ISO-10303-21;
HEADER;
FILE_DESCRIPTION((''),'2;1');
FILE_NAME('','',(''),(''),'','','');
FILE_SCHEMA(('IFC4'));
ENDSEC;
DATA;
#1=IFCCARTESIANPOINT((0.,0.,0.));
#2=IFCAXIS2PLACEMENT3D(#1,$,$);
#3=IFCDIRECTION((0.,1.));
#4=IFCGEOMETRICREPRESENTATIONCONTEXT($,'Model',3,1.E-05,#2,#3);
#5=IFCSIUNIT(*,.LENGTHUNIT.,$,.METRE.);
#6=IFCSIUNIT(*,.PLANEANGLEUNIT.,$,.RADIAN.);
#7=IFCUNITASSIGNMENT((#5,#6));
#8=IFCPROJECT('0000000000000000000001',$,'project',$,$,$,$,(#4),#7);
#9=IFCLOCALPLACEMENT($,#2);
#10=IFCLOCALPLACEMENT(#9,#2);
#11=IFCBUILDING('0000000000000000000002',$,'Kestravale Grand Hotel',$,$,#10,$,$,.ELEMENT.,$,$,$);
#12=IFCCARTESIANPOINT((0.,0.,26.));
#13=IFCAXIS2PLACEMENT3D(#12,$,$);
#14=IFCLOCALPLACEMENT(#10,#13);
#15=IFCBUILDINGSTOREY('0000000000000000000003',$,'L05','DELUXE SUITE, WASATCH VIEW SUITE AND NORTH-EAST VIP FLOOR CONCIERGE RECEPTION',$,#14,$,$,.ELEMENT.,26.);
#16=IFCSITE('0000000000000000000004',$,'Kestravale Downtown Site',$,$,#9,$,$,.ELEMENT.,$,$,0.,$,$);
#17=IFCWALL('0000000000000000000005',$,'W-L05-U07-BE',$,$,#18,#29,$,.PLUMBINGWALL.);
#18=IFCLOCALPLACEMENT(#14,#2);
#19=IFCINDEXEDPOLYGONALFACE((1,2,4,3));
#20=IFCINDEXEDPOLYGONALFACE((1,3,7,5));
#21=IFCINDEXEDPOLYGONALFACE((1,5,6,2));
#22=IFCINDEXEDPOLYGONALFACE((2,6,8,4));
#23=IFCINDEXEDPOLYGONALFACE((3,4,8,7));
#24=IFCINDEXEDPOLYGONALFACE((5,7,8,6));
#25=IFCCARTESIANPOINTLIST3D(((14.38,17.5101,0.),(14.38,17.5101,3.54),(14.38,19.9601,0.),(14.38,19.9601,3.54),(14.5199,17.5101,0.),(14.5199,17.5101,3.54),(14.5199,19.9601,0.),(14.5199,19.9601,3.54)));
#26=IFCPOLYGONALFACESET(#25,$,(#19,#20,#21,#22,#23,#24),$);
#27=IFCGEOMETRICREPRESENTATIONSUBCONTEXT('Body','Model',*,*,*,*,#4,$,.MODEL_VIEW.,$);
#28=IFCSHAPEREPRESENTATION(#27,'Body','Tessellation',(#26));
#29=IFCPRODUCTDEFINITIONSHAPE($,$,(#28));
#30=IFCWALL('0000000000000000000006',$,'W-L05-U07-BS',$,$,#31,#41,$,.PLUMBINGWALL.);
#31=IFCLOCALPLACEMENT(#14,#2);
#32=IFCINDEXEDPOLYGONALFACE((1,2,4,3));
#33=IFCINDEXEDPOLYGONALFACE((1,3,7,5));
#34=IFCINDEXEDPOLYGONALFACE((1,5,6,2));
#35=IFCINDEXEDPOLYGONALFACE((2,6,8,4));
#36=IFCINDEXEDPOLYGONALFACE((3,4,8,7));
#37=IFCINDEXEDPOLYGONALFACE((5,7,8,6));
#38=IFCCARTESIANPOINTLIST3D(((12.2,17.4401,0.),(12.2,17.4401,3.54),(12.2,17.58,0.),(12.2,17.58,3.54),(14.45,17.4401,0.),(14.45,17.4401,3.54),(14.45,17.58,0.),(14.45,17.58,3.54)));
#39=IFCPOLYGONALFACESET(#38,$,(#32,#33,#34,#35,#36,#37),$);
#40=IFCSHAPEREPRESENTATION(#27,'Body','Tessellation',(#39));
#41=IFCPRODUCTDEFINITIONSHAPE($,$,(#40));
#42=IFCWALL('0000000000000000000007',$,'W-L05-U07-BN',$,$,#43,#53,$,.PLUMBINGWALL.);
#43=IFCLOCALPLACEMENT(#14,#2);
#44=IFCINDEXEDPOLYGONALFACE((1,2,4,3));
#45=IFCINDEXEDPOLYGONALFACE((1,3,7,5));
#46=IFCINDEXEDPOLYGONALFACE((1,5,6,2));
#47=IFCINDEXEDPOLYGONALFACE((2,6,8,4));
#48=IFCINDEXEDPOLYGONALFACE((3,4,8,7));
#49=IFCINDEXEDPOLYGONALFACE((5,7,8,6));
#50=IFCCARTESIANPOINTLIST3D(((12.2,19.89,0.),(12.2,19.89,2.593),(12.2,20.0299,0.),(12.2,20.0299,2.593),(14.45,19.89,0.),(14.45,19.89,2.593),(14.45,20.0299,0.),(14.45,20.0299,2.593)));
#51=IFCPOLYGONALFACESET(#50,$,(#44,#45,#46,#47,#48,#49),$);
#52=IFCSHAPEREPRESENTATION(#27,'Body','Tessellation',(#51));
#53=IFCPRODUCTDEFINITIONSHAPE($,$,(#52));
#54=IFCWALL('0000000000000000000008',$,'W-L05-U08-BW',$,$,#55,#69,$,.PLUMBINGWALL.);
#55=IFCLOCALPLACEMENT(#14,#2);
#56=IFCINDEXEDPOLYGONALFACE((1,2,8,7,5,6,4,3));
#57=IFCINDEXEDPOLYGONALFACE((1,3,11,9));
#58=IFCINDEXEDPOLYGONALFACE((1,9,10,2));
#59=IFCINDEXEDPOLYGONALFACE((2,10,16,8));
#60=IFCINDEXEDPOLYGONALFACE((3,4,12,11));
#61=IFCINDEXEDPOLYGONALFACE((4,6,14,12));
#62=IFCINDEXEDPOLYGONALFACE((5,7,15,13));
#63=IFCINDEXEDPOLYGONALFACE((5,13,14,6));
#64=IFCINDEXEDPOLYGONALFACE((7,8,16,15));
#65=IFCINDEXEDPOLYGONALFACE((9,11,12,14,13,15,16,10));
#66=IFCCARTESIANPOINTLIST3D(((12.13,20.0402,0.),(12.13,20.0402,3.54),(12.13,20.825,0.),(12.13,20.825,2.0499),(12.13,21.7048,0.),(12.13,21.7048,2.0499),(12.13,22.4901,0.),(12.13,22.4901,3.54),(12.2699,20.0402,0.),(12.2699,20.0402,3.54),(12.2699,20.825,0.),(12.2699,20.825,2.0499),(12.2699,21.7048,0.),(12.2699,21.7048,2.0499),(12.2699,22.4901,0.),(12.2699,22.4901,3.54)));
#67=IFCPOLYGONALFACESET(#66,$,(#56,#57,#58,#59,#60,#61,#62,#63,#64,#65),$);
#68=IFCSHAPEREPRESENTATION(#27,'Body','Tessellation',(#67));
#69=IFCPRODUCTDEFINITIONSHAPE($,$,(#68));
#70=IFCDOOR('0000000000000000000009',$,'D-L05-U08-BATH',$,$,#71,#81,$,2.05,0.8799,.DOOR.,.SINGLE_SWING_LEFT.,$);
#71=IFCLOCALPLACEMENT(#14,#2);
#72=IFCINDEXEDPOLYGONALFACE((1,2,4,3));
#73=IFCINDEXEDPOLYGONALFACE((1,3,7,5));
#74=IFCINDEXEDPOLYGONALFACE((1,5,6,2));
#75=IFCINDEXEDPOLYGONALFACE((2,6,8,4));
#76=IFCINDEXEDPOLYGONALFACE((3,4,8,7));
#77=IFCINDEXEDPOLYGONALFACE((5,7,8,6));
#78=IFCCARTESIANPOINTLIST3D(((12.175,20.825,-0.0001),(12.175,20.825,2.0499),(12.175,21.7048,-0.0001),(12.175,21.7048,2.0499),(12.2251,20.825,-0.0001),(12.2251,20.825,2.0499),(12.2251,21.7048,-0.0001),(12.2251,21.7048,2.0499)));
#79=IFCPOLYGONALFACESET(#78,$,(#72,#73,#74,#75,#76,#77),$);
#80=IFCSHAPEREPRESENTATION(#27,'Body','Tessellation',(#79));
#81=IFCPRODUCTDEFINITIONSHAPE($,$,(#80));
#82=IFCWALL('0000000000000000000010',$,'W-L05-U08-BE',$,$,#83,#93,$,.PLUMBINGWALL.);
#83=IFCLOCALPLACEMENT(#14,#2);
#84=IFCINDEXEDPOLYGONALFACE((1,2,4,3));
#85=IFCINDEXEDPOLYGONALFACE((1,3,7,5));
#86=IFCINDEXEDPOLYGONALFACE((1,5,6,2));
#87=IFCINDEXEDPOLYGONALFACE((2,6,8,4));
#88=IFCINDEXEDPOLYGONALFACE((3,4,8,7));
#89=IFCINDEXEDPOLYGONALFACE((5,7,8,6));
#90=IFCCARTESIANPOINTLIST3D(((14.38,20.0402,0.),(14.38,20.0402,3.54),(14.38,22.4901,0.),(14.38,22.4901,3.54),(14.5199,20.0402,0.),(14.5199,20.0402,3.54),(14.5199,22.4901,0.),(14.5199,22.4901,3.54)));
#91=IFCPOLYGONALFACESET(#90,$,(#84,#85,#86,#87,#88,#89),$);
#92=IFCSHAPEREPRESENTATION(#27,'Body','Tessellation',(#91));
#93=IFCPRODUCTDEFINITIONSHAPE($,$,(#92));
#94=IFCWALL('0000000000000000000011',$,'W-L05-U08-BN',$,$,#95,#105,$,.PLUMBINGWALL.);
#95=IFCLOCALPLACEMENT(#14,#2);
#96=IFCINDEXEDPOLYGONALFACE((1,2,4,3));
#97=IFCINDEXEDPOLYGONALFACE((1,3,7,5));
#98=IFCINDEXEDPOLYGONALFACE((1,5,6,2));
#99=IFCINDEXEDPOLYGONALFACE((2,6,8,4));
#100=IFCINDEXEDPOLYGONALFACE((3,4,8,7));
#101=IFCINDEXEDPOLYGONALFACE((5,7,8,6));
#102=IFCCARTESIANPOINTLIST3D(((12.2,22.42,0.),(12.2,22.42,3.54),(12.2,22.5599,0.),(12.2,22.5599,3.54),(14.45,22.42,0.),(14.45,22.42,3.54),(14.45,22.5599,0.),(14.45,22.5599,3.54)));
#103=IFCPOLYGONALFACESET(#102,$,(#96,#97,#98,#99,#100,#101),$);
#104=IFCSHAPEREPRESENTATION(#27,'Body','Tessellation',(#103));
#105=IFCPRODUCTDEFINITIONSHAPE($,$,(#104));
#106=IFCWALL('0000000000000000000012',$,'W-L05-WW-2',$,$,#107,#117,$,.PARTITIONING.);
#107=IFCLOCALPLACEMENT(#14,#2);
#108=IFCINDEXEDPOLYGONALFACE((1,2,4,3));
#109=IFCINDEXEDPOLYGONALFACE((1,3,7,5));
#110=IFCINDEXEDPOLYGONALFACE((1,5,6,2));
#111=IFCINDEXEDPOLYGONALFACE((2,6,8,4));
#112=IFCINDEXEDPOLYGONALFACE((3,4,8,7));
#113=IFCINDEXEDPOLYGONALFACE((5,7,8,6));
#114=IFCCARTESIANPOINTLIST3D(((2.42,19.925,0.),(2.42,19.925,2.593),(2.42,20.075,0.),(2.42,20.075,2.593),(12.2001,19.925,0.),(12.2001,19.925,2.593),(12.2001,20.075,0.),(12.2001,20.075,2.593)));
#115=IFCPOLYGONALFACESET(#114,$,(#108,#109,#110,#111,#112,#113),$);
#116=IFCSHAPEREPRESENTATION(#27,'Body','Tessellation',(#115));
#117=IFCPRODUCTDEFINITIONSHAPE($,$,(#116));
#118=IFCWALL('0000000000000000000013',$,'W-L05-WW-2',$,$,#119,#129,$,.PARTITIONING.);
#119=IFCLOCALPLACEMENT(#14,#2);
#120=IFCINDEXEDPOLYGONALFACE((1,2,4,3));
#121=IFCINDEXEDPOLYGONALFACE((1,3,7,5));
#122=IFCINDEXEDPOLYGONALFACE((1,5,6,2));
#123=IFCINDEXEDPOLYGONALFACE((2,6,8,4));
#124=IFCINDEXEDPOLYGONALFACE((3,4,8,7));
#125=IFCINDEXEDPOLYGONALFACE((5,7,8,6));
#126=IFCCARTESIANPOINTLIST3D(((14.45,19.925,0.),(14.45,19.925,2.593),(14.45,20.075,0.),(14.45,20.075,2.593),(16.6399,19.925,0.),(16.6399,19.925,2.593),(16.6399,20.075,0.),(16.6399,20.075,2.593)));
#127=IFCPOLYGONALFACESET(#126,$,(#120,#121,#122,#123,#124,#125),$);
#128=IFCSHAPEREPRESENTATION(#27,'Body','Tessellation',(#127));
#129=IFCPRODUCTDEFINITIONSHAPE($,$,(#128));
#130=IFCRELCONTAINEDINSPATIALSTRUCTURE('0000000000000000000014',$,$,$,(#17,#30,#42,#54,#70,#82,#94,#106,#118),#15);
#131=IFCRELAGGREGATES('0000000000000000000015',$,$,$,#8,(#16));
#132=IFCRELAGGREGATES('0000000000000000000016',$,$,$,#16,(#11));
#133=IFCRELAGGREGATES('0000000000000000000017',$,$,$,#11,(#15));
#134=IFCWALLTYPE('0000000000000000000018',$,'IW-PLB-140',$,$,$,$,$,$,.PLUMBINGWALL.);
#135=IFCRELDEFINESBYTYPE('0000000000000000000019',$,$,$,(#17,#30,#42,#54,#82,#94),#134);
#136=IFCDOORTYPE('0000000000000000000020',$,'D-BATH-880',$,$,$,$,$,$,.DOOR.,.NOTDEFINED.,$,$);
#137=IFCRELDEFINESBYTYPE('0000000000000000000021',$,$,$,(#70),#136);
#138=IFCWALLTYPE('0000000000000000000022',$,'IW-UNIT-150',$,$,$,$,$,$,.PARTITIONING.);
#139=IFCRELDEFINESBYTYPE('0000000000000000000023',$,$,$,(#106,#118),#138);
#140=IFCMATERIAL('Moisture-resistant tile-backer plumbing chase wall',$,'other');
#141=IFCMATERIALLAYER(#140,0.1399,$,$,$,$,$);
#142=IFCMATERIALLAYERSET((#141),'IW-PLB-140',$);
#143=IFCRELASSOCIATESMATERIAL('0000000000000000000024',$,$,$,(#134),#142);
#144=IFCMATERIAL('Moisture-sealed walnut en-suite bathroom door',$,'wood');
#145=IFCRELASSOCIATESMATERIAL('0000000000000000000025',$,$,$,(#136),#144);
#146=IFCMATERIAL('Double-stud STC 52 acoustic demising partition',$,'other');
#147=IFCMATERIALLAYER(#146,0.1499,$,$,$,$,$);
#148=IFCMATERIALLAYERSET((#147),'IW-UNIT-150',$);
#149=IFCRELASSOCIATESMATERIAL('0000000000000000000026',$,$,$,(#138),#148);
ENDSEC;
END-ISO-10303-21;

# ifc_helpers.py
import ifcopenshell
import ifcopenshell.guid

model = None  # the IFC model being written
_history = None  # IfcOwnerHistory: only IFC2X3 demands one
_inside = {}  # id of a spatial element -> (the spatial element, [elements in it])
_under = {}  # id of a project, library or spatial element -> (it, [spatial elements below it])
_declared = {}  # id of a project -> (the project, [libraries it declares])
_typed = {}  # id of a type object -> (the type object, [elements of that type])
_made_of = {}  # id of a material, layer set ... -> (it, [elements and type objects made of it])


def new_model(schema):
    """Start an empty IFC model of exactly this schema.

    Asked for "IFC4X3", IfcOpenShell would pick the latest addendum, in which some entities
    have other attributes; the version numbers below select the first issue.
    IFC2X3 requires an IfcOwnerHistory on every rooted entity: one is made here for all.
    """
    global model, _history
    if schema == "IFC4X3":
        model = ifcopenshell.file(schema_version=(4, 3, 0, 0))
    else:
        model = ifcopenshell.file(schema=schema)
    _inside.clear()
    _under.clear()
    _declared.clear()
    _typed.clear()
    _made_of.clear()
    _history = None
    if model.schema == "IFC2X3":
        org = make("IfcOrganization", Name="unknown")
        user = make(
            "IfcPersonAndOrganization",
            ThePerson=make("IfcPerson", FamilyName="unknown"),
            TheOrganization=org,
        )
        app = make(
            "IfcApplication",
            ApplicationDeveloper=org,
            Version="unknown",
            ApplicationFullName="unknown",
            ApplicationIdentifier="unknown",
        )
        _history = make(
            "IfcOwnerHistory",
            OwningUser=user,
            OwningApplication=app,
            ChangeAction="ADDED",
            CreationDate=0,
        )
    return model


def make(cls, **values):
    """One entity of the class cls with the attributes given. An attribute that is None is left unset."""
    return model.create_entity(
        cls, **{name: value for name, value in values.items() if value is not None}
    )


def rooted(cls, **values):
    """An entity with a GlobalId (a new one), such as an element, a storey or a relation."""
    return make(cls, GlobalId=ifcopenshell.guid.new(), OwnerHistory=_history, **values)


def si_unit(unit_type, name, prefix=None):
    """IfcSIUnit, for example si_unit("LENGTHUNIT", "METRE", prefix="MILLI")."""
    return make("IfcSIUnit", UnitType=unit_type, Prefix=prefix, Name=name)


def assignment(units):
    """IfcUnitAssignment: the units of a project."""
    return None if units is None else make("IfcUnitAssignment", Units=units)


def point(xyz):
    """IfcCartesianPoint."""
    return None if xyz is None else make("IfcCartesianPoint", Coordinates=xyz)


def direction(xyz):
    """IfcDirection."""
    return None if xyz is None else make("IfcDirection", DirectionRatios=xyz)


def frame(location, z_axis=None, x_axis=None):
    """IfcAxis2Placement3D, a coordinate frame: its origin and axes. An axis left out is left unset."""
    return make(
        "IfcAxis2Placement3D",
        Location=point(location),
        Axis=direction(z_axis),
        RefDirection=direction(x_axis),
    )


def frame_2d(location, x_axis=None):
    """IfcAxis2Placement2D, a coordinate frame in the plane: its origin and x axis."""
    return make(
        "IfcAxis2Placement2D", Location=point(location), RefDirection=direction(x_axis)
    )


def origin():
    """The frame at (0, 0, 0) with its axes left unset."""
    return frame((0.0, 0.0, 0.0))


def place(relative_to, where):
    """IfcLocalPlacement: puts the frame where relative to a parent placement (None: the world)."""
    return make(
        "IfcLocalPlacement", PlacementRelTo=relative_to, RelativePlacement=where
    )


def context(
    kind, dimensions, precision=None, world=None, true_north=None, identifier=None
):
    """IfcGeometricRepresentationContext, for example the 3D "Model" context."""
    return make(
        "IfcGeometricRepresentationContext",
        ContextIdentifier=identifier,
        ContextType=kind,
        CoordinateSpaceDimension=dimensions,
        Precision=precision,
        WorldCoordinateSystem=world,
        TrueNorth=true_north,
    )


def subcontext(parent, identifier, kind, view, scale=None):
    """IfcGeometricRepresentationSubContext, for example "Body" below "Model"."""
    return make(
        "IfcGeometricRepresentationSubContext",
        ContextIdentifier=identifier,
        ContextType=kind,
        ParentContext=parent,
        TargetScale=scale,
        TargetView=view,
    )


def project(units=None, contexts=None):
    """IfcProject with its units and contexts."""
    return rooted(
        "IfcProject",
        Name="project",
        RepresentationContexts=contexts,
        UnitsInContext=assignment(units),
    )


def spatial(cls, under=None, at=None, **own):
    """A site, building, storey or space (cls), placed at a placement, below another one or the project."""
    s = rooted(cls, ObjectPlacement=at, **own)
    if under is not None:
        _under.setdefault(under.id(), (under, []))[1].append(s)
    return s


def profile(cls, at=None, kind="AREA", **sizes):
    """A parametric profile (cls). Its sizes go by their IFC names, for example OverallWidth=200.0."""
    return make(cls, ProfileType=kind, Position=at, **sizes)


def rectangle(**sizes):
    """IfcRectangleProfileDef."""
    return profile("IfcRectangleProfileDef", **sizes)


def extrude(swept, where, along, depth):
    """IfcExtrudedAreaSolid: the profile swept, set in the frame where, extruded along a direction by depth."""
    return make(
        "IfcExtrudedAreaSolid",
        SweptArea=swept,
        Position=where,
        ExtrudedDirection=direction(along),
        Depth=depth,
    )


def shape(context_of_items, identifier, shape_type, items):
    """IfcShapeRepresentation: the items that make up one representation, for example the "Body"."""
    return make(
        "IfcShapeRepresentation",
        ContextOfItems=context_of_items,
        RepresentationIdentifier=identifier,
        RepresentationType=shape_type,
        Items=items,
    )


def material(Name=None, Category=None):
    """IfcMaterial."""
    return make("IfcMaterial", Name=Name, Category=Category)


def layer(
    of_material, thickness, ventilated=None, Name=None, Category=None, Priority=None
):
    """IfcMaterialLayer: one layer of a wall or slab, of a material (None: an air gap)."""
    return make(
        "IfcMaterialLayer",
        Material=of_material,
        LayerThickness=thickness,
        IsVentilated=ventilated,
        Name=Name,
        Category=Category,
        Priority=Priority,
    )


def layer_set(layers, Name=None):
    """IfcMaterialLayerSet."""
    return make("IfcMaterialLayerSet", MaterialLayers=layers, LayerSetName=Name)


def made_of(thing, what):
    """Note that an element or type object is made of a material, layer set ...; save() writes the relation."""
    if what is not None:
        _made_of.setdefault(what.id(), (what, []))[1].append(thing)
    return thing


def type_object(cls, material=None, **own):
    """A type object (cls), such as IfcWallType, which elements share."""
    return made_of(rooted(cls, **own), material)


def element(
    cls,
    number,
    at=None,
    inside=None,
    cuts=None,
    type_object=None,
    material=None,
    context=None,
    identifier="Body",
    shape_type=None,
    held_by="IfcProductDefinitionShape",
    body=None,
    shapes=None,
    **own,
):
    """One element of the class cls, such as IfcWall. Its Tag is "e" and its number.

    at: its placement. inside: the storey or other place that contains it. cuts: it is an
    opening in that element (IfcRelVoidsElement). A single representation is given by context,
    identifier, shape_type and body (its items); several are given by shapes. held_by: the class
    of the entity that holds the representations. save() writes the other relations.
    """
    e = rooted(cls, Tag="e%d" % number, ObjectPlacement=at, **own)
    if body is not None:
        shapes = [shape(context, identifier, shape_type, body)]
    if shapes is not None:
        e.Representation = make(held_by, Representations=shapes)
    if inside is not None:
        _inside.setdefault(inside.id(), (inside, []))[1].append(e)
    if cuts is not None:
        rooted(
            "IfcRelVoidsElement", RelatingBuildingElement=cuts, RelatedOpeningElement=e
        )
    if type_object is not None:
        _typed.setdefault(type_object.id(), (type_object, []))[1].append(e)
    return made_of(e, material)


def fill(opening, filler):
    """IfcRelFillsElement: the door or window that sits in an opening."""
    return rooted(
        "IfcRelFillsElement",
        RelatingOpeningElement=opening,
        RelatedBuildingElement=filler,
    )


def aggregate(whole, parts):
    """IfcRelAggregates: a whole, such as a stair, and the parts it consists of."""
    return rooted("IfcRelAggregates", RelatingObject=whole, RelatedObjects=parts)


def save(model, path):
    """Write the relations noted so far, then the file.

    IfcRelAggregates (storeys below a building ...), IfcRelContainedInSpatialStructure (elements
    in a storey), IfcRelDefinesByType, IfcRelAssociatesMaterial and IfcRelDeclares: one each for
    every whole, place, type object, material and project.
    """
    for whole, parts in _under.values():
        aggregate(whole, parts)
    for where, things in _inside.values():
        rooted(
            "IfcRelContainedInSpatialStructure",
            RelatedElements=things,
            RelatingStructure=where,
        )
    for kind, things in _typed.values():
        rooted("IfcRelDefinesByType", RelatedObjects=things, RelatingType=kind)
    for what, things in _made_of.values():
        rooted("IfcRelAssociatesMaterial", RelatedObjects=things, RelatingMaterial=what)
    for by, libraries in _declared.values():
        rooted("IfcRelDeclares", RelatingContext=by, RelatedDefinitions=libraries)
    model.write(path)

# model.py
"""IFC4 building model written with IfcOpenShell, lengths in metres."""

from ifc_helpers import new_model, si_unit, direction, frame, frame_2d, origin, place, context, subcontext, project, spatial, rectangle, extrude, material, layer, layer_set, type_object, element, fill, save


model = new_model("IFC4")

# Units and contexts
model_context = context("Model", 3, precision=1e-05, world=origin(), true_north=direction((0.0, 1.0)))
body_context = subcontext(model_context, "Body", "Model", "MODEL_VIEW")
ifc_project = project(units=[si_unit("LENGTHUNIT", "METRE"), si_unit("PLANEANGLEUNIT", "RADIAN")], contexts=[model_context])

# Site, building, storey
site_placement = place(None, origin())
site = spatial("IfcSite", under=ifc_project, at=site_placement, Name="Kestravale Downtown Site", CompositionType="ELEMENT", RefElevation=0.0)
building_placement = place(site_placement, origin())
building = spatial("IfcBuilding", under=site, at=building_placement, Name="Kestravale Grand Hotel", CompositionType="ELEMENT")
storey_placement = place(building_placement, frame((0.0, 0.0, 26.0)))
storey = spatial("IfcBuildingStorey", under=building, at=storey_placement, Name="L05", Description="DELUXE SUITE, WASATCH VIEW SUITE AND NORTH-EAST VIP FLOOR CONCIERGE RECEPTION", CompositionType="ELEMENT", Elevation=26.0)

# Shared definitions
ifc_material_1 = material(Name="Moisture-resistant tile-backer plumbing chase wall", Category="other")
ifc_layer_1 = layer(ifc_material_1, 0.1399)
ifc_layer_set_1 = layer_set([ifc_layer_1], Name="IW-PLB-140")
wall_type_1 = type_object("IfcWallType", Name="IW-PLB-140", PredefinedType="PLUMBINGWALL", material=ifc_layer_set_1)
ifc_material_2 = material(Name="Moisture-sealed walnut en-suite bathroom door", Category="wood")
door_type_1 = type_object("IfcDoorType", Name="D-BATH-880", OperationType="NOTDEFINED", PredefinedType="DOOR", material=ifc_material_2)

# Walls
wall_1_placement = place(storey_placement, frame((14.45, 17.51, 0.0), z_axis=(0.0, 0.0, 1.0), x_axis=(0.0, 1.0, 0.0)))
element("IfcWall", 1, at=wall_1_placement, inside=storey, type_object=wall_type_1, Name="W-L05-U07-BE", PredefinedType="PLUMBINGWALL", context=body_context, shape_type="SweptSolid", body=[
    extrude(rectangle(XDim=2.45, YDim=0.1399, at=frame_2d((1.2251, 0.0))), origin(), (0.0, 0.0, 1.0), 3.54),
])
wall_2_placement = place(storey_placement, frame((12.2, 17.51, 0.0), z_axis=(0.0, 0.0, 1.0), x_axis=(1.0, 0.0, 0.0)))
element("IfcWall", 2, at=wall_2_placement, inside=storey, type_object=wall_type_1, Name="W-L05-U07-BS", PredefinedType="PLUMBINGWALL", context=body_context, shape_type="SweptSolid", body=[
    extrude(rectangle(XDim=2.25, YDim=0.1399, at=frame_2d((1.125, 0.0))), origin(), (0.0, 0.0, 1.0), 3.54),
])
wall_3_placement = place(storey_placement, frame((12.2, 19.96, 0.0), z_axis=(0.0, 0.0, 1.0), x_axis=(1.0, 0.0, 0.0)))
element("IfcWall", 3, at=wall_3_placement, inside=storey, type_object=wall_type_1, Name="W-L05-U07-BN", PredefinedType="PLUMBINGWALL", context=body_context, shape_type="SweptSolid", body=[
    extrude(rectangle(XDim=2.25, YDim=0.1399, at=frame_2d((1.125, 0.0))), origin(), (0.0, 0.0, 1.0), 2.593),
])

# Wall, opening, door
wall_4_placement = place(storey_placement, frame((12.2, 20.04, 0.0), z_axis=(0.0, 0.0, 1.0), x_axis=(0.0, 1.0, 0.0)))
wall_4 = element("IfcWall", 4, at=wall_4_placement, inside=storey, type_object=wall_type_1, Name="W-L05-U08-BW", PredefinedType="PLUMBINGWALL", context=body_context, shape_type="SweptSolid", body=[
    extrude(rectangle(XDim=2.45, YDim=0.1399, at=frame_2d((1.2251, 0.0))), origin(), (0.0, 0.0, 1.0), 3.54),
])
opening_1_placement = place(wall_4_placement, frame((0.7849, 0.0, 0.0)))
opening_1 = element("IfcOpeningElement", 5, at=opening_1_placement, cuts=wall_4, PredefinedType="OPENING", context=body_context, shape_type="SweptSolid", body=[
    extrude(rectangle(XDim=0.8799, YDim=2.05, at=frame_2d((0.4399, 1.0249))), frame((0.0, 0.0798, 0.0), z_axis=(0.0, -1.0, 0.0), x_axis=(1.0, 0.0, 0.0)), (0.0, 0.0, 1.0), 0.1599),
])
door_1_placement = place(opening_1_placement, origin())
door_1 = element("IfcDoor", 6, at=door_1_placement, inside=storey, type_object=door_type_1, Name="D-L05-U08-BATH", OperationType="SINGLE_SWING_LEFT", OverallHeight=2.05, OverallWidth=0.8799, PredefinedType="DOOR", context=body_context, shape_type="SweptSolid", body=[
    extrude(rectangle(XDim=0.8799, YDim=2.05, at=frame_2d((0.4399, 1.0249))), frame((0.0, 0.0249, 0.0), z_axis=(0.0, -1.0, 0.0), x_axis=(1.0, 0.0, 0.0)), (0.0, 0.0, 1.0), 0.05),
])
fill(opening_1, door_1)

# Walls
wall_5_placement = place(storey_placement, frame((14.45, 20.04, 0.0), z_axis=(0.0, 0.0, 1.0), x_axis=(0.0, 1.0, 0.0)))
element("IfcWall", 7, at=wall_5_placement, inside=storey, type_object=wall_type_1, Name="W-L05-U08-BE", PredefinedType="PLUMBINGWALL", context=body_context, shape_type="SweptSolid", body=[
    extrude(rectangle(XDim=2.45, YDim=0.1399, at=frame_2d((1.2251, 0.0))), origin(), (0.0, 0.0, 1.0), 3.54),
])
wall_6_placement = place(storey_placement, frame((12.2, 22.49, 0.0), z_axis=(0.0, 0.0, 1.0), x_axis=(1.0, 0.0, 0.0)))
element("IfcWall", 8, at=wall_6_placement, inside=storey, type_object=wall_type_1, Name="W-L05-U08-BN", PredefinedType="PLUMBINGWALL", context=body_context, shape_type="SweptSolid", body=[
    extrude(rectangle(XDim=2.25, YDim=0.1399, at=frame_2d((1.125, 0.0))), origin(), (0.0, 0.0, 1.0), 3.54),
])
ifc_material_3 = material(Name="Double-stud STC 52 acoustic demising partition", Category="other")
ifc_layer_2 = layer(ifc_material_3, 0.1499)
ifc_layer_set_2 = layer_set([ifc_layer_2], Name="IW-UNIT-150")
wall_type_2 = type_object("IfcWallType", Name="IW-UNIT-150", PredefinedType="PARTITIONING", material=ifc_layer_set_2)
wall_7_placement = place(storey_placement, frame((2.4199, 20.0, 0.0), z_axis=(0.0, 0.0, 1.0), x_axis=(1.0, 0.0, 0.0)))
element("IfcWall", 9, at=wall_7_placement, inside=storey, type_object=wall_type_2, Name="W-L05-WW-2", PredefinedType="PARTITIONING", context=body_context, shape_type="SweptSolid", body=[
    extrude(rectangle(XDim=9.78, YDim=0.1499, at=frame_2d((4.8901, 0.0))), origin(), (0.0, 0.0, 1.0), 2.593),
])
wall_8_placement = place(storey_placement, frame((14.45, 20.0, 0.0), z_axis=(0.0, 0.0, 1.0), x_axis=(1.0, 0.0, 0.0)))
element("IfcWall", 10, at=wall_8_placement, inside=storey, type_object=wall_type_2, Name="W-L05-WW-2", PredefinedType="PARTITIONING", context=body_context, shape_type="SweptSolid", body=[
    extrude(rectangle(XDim=2.1899, YDim=0.1499, at=frame_2d((1.095, 0.0))), origin(), (0.0, 0.0, 1.0), 2.593),
])

save(model, "model.ifc")
